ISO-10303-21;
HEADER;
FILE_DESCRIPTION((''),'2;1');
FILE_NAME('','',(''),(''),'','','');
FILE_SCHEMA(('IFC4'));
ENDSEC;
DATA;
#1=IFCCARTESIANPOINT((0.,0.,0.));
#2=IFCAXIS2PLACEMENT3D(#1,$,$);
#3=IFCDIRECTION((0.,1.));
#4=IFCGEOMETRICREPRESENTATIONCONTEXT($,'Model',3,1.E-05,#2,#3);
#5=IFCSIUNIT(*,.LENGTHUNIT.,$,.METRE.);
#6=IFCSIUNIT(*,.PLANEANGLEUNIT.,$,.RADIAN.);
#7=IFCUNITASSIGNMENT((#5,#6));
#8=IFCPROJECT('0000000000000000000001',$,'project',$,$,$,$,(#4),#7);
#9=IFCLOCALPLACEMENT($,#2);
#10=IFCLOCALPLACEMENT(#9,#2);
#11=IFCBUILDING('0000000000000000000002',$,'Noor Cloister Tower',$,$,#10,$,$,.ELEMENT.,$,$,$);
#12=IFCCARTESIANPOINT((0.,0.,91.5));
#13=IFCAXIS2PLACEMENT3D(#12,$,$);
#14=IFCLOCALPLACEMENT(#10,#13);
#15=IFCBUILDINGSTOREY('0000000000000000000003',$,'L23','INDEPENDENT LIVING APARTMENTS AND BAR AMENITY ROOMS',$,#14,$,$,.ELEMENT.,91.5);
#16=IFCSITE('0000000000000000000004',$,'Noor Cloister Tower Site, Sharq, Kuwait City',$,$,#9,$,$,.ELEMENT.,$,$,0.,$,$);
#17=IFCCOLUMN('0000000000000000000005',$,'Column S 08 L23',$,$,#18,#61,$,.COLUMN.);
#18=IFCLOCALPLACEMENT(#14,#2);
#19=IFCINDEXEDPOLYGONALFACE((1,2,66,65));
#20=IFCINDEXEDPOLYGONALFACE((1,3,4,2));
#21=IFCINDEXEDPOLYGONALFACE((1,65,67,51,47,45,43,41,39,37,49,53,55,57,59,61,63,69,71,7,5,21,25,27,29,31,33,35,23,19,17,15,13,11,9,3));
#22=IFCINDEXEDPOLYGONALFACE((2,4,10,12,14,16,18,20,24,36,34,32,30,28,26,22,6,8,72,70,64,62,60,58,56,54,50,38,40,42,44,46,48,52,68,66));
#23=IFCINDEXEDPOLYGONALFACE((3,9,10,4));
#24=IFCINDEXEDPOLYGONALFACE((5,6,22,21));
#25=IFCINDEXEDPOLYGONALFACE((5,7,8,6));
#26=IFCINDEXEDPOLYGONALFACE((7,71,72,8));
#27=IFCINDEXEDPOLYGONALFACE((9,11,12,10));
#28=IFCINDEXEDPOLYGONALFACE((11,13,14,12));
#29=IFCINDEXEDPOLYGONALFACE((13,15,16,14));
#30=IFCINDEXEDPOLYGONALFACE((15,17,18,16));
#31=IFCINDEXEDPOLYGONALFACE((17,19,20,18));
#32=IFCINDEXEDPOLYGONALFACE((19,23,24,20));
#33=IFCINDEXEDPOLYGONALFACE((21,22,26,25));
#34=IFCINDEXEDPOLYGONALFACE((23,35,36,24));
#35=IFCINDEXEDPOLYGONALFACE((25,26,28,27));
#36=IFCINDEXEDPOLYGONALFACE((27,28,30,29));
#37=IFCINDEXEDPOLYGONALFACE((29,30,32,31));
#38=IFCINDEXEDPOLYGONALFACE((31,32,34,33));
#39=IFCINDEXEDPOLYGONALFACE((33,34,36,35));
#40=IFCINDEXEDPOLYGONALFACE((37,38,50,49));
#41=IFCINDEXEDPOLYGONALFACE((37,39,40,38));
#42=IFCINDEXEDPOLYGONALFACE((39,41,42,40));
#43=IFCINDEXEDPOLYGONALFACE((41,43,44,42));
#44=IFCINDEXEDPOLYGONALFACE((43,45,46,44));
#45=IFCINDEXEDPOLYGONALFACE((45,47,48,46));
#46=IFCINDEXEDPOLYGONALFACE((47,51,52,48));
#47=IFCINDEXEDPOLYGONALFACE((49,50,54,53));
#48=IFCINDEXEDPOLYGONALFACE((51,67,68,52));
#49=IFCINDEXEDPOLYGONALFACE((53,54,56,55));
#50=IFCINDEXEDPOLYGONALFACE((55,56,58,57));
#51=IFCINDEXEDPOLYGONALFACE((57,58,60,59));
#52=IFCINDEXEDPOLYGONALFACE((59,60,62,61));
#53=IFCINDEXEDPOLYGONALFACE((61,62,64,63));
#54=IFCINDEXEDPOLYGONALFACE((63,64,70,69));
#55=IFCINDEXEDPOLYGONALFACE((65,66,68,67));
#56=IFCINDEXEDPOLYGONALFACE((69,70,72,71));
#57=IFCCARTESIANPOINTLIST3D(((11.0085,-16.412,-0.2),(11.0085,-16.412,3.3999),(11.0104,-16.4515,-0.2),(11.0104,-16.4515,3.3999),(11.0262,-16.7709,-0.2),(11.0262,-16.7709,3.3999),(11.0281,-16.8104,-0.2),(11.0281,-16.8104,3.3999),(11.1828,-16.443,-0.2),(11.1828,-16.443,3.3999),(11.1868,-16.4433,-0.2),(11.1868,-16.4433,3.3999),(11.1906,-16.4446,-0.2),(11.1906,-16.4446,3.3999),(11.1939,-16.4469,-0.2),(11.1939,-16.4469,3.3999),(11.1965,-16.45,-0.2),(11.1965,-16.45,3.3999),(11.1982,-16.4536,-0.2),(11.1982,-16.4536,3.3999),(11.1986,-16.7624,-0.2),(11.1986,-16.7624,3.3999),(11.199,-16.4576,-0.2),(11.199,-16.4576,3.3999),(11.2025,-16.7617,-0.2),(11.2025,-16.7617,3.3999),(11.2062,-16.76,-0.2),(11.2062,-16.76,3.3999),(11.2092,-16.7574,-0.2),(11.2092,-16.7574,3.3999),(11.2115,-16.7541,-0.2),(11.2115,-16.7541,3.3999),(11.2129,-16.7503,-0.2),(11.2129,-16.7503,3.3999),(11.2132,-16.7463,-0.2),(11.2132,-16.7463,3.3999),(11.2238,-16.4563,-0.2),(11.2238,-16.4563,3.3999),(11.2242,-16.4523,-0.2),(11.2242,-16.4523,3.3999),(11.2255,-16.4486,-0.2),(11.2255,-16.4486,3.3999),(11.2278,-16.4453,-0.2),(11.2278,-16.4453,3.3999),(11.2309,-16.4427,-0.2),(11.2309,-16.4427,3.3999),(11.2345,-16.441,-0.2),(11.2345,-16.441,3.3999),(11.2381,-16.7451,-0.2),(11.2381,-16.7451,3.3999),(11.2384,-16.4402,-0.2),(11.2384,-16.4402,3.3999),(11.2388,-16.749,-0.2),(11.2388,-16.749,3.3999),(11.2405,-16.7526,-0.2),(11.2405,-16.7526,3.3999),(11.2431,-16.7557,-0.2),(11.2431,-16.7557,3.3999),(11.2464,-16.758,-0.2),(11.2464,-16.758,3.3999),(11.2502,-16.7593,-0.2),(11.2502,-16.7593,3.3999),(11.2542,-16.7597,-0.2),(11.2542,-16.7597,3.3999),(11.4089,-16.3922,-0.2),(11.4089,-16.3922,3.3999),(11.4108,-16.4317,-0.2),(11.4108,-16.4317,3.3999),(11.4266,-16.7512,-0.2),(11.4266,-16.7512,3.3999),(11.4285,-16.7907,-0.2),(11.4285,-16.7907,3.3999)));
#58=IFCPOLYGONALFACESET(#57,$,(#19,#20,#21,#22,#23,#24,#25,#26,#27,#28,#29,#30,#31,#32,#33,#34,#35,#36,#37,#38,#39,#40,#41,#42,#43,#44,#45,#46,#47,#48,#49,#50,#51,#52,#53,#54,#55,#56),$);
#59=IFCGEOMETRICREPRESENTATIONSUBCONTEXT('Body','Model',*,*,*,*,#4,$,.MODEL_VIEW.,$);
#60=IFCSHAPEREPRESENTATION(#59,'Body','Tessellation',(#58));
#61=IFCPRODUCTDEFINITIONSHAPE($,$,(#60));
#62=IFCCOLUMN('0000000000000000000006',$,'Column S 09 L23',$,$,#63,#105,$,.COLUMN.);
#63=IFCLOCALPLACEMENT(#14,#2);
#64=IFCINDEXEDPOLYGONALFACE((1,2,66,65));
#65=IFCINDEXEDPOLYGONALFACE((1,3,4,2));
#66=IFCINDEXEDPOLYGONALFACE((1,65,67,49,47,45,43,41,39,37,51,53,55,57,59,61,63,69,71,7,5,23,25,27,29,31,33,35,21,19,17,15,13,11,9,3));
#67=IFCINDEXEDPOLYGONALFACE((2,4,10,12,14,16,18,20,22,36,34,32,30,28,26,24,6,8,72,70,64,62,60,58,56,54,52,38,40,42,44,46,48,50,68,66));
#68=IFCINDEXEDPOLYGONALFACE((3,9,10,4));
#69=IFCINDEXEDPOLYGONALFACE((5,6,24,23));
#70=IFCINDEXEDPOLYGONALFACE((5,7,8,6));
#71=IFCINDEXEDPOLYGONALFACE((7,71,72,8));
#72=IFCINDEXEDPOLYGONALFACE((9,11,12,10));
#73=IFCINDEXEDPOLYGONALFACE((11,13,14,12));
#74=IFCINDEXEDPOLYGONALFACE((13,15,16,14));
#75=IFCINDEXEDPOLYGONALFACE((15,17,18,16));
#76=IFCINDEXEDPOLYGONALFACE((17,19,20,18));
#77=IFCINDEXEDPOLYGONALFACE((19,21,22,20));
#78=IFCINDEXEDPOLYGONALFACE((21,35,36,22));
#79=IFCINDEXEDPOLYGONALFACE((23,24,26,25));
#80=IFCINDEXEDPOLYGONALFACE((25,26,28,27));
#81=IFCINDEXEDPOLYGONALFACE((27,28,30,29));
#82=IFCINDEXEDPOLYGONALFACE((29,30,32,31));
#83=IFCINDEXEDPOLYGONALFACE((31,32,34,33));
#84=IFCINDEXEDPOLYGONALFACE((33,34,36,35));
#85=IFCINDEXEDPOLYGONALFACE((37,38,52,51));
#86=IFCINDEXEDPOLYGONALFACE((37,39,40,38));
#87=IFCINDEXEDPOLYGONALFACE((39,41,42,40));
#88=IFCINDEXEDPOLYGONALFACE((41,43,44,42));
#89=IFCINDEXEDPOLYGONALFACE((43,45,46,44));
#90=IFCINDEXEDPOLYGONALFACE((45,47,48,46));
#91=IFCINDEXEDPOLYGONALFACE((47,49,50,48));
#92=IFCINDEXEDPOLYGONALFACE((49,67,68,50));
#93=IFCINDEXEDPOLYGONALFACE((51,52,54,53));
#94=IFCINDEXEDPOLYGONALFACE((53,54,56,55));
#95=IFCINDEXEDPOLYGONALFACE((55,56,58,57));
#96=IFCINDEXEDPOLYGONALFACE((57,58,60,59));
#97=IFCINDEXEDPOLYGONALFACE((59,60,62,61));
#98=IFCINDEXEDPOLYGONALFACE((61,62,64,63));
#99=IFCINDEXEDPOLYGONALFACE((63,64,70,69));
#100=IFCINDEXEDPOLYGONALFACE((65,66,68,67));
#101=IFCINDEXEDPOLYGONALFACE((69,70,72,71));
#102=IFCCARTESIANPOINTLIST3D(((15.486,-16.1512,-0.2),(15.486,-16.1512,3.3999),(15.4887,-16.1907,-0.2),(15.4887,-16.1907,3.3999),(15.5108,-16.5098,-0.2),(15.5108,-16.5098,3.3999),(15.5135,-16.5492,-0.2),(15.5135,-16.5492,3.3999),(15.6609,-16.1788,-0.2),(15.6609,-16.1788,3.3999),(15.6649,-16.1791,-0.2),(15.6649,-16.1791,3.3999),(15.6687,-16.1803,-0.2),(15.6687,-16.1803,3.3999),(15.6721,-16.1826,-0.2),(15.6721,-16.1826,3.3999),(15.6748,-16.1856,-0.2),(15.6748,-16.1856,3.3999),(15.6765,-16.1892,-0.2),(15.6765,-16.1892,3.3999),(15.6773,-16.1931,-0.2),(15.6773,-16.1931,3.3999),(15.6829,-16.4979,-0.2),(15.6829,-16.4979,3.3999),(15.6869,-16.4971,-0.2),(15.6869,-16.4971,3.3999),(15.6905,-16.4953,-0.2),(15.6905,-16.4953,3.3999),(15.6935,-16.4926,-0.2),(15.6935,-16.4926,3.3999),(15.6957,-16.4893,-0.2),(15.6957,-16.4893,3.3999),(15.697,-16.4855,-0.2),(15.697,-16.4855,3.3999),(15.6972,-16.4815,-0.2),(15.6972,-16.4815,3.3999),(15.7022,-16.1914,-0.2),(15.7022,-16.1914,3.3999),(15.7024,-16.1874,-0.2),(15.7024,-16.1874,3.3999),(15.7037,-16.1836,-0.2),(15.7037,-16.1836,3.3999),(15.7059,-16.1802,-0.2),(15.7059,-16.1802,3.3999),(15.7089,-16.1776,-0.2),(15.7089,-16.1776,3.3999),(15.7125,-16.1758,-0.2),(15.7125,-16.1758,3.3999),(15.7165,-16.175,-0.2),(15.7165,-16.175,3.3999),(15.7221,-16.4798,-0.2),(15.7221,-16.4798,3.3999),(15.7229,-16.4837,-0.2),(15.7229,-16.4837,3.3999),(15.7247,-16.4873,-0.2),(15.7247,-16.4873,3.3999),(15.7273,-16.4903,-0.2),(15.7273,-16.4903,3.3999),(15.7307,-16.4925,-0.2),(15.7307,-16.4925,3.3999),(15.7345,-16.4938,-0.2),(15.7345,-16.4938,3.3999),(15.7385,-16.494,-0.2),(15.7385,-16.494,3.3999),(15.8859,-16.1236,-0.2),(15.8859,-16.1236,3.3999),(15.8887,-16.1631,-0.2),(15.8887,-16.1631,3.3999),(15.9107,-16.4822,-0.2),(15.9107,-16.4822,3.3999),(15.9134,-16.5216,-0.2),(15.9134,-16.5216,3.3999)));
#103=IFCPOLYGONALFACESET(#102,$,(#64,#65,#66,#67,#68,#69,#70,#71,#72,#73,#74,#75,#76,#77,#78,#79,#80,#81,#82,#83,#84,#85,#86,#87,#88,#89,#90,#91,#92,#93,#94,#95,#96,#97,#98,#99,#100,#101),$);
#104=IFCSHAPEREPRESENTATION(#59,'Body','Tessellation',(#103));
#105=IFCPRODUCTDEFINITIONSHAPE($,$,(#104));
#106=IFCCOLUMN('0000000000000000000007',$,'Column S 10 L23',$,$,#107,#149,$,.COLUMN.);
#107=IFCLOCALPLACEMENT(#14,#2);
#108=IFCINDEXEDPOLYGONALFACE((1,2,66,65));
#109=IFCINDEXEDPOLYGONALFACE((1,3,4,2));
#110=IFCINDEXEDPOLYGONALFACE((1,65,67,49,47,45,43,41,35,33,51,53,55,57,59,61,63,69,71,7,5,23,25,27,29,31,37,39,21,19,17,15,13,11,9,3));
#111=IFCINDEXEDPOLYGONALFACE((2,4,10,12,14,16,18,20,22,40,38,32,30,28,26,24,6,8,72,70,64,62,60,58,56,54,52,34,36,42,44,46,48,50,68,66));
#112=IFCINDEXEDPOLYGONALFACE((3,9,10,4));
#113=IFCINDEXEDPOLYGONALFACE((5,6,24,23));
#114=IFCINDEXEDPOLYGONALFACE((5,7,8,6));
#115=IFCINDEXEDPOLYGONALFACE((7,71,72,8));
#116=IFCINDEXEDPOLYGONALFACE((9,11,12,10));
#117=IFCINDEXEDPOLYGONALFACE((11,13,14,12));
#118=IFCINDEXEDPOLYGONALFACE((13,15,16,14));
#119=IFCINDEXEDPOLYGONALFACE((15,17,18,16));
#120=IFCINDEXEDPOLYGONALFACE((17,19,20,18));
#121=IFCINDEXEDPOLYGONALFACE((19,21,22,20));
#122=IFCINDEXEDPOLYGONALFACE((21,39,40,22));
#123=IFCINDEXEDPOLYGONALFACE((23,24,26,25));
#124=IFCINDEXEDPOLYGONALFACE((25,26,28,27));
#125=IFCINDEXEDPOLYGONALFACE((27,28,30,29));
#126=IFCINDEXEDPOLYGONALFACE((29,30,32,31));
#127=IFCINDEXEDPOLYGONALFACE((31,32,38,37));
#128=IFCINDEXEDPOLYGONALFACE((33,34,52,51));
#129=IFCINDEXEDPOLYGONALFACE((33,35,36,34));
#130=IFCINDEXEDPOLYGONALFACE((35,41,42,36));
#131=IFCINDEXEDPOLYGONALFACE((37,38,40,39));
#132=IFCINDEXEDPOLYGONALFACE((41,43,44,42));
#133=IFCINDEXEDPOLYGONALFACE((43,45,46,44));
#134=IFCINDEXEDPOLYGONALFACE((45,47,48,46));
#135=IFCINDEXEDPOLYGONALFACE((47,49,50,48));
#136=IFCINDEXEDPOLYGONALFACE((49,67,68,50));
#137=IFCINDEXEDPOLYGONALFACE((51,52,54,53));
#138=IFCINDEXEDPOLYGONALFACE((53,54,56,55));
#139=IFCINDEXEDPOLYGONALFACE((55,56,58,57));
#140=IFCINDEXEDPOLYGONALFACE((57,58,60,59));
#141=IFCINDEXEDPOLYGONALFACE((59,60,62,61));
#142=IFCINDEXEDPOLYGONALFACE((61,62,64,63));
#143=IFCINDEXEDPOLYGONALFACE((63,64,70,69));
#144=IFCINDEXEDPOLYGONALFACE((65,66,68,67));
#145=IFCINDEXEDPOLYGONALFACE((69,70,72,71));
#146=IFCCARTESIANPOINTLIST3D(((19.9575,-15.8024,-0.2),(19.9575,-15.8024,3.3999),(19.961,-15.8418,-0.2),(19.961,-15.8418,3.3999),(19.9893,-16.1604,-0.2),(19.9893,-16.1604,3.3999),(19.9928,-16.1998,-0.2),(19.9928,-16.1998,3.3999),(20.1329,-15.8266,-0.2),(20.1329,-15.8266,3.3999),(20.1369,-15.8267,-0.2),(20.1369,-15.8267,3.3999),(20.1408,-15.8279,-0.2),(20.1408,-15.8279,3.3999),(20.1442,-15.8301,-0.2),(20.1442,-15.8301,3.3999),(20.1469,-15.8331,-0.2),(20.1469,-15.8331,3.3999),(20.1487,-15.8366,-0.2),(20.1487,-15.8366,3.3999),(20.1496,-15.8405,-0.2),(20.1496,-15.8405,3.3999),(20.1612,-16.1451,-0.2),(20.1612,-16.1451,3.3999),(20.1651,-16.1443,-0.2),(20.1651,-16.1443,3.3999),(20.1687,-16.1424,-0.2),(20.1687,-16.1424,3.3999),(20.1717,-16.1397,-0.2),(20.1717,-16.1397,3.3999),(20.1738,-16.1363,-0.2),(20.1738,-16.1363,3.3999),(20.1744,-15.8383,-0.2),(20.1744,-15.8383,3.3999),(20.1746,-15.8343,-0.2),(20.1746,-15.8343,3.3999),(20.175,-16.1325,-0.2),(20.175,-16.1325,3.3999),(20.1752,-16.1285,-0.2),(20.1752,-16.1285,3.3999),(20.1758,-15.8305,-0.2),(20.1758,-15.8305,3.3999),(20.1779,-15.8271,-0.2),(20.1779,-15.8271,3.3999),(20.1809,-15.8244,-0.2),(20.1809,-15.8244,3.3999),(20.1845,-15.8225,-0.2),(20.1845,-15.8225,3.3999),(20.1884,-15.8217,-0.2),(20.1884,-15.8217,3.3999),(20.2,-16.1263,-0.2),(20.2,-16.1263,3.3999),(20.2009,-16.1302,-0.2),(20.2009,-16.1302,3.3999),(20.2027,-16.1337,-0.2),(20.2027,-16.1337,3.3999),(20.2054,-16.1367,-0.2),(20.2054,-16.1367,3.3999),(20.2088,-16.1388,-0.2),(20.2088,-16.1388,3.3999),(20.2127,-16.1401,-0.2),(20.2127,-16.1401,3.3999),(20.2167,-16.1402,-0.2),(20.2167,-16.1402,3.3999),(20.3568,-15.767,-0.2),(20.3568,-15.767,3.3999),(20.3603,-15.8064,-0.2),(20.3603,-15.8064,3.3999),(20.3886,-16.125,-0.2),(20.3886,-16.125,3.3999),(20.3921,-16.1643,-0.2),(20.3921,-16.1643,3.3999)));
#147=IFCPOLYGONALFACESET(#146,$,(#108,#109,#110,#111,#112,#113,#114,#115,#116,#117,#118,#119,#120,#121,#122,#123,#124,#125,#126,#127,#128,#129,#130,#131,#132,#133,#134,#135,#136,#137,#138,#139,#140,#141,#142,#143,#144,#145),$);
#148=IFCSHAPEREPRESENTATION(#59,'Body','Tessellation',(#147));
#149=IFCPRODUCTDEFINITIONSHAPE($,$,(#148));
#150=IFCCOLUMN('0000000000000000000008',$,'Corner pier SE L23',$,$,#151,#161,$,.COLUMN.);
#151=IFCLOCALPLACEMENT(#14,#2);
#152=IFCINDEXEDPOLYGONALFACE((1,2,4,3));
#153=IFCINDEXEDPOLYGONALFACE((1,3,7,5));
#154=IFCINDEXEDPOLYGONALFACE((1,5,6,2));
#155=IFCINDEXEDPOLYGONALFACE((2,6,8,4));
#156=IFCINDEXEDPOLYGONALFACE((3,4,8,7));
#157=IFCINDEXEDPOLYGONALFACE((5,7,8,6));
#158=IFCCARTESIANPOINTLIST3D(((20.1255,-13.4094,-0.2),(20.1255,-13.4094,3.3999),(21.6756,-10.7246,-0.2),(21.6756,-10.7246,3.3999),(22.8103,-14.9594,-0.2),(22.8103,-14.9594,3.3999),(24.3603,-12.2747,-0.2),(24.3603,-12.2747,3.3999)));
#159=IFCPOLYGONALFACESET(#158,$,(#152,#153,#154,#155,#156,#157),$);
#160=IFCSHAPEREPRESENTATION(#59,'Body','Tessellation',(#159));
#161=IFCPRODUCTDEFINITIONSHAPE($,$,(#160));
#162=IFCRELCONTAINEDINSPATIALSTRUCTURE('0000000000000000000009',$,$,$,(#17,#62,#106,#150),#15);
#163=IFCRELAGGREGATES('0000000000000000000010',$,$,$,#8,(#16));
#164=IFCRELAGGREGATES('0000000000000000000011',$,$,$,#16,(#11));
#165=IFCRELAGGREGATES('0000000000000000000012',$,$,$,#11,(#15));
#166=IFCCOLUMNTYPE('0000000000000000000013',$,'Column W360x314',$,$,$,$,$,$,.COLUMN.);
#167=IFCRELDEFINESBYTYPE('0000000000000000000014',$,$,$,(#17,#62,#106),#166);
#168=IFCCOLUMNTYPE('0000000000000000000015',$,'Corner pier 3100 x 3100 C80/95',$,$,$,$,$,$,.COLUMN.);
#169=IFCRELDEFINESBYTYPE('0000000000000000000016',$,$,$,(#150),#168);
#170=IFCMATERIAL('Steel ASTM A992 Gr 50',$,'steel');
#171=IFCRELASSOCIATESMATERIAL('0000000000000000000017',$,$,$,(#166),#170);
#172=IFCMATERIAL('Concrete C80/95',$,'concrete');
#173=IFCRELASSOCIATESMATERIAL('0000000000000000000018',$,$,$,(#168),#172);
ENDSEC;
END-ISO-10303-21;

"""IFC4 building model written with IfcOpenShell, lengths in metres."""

from ifc_helpers import new_model, si_unit, direction, frame, origin, origin_2d, place, context, subcontext, project, spatial, rectangle, i_section, extrude, material, material_profile, profile_set, type_object, element, save


model = new_model("IFC4")

# Units and contexts
model_context = context("Model", 3, precision=1e-05, world=origin(), true_north=direction((0.0, 1.0)))
body_context = subcontext(model_context, "Body", "Model", "MODEL_VIEW")
ifc_project = project(units=[si_unit("LENGTHUNIT", "METRE"), si_unit("PLANEANGLEUNIT", "RADIAN")], contexts=[model_context])

# Site, building, storey
site_placement = place(None, origin())
site = spatial("IfcSite", under=ifc_project, at=site_placement, Name="Noor Cloister Tower Site, Sharq, Kuwait City", CompositionType="ELEMENT", RefElevation=0.0)
building_placement = place(site_placement, origin())
building = spatial("IfcBuilding", under=site, at=building_placement, Name="Noor Cloister Tower", CompositionType="ELEMENT")
storey_placement = place(building_placement, frame((0.0, 0.0, 91.5)))
storey = spatial("IfcBuildingStorey", under=building, at=storey_placement, Name="L23", Description="INDEPENDENT LIVING APARTMENTS AND BAR AMENITY ROOMS", CompositionType="ELEMENT", Elevation=91.5)

# Columns
ifc_material_1 = material(Name="Steel ASTM A992 Gr 50", Category="steel")
ifc_material_profile_1 = material_profile(ifc_material_1, i_section(OverallWidth=0.4009, OverallDepth=0.3989, WebThickness=0.0249, FlangeThickness=0.0396, FilletRadius=0.0154, at=origin_2d()), Name="W360x314")
ifc_profile_set_1 = profile_set([ifc_material_profile_1], Name="Steel ASTM A992 Gr 50")
column_type_1 = type_object("IfcColumnType", Name="Column W360x314", PredefinedType="COLUMN", material=ifc_profile_set_1)
for number, where, z_axis, x_axis, name in (
    (1, (11.2185, -16.6013, -0.2), (0.0, 0.0, 1.0), (0.99879, 0.049188, 0.0), "Column S 08 L23"),
    (2, (15.6997, -16.3364, -0.2), (0.0, 0.0, 1.0), (0.997628, 0.068837, 0.0), "Column S 09 L23"),
    (3, (20.1748, -15.9834, -0.2), (0.0, 0.0, 1.0), (0.99608, 0.088459, 0.0), "Column S 10 L23"),
):
    element("IfcColumn", number, at=place(storey_placement, frame(where, z_axis=z_axis, x_axis=x_axis)), inside=storey, type_object=column_type_1, Name=name, PredefinedType="COLUMN", context=body_context, shape_type="SweptSolid", body=[
        extrude(i_section(OverallWidth=0.4009, OverallDepth=0.3989, WebThickness=0.0249, FlangeThickness=0.0396, FilletRadius=0.0154, at=origin_2d()), origin(), (0.0, 0.0, 1.0), 3.5999),
    ])
ifc_material_2 = material(Name="Concrete C80/95", Category="concrete")
ifc_material_profile_2 = material_profile(ifc_material_2, rectangle(XDim=3.1001, YDim=3.1001, at=origin_2d()), Name="RC 3100x3100")
ifc_profile_set_2 = profile_set([ifc_material_profile_2], Name="Concrete C80/95")
column_type_2 = type_object("IfcColumnType", Name="Corner pier 3100 x 3100 C80/95", PredefinedType="COLUMN", material=ifc_profile_set_2)
column_placement = place(storey_placement, frame((22.2429, -12.842, -0.2), z_axis=(0.0, 0.0, 1.0), x_axis=(0.866025, -0.5, 0.0)))
element("IfcColumn", 4, at=column_placement, inside=storey, type_object=column_type_2, Name="Corner pier SE L23", PredefinedType="COLUMN", context=body_context, shape_type="SweptSolid", body=[
    extrude(rectangle(XDim=3.1001, YDim=3.1001, at=origin_2d()), origin(), (0.0, 0.0, 1.0), 3.5999),
])

save(model, "model.ifc")
